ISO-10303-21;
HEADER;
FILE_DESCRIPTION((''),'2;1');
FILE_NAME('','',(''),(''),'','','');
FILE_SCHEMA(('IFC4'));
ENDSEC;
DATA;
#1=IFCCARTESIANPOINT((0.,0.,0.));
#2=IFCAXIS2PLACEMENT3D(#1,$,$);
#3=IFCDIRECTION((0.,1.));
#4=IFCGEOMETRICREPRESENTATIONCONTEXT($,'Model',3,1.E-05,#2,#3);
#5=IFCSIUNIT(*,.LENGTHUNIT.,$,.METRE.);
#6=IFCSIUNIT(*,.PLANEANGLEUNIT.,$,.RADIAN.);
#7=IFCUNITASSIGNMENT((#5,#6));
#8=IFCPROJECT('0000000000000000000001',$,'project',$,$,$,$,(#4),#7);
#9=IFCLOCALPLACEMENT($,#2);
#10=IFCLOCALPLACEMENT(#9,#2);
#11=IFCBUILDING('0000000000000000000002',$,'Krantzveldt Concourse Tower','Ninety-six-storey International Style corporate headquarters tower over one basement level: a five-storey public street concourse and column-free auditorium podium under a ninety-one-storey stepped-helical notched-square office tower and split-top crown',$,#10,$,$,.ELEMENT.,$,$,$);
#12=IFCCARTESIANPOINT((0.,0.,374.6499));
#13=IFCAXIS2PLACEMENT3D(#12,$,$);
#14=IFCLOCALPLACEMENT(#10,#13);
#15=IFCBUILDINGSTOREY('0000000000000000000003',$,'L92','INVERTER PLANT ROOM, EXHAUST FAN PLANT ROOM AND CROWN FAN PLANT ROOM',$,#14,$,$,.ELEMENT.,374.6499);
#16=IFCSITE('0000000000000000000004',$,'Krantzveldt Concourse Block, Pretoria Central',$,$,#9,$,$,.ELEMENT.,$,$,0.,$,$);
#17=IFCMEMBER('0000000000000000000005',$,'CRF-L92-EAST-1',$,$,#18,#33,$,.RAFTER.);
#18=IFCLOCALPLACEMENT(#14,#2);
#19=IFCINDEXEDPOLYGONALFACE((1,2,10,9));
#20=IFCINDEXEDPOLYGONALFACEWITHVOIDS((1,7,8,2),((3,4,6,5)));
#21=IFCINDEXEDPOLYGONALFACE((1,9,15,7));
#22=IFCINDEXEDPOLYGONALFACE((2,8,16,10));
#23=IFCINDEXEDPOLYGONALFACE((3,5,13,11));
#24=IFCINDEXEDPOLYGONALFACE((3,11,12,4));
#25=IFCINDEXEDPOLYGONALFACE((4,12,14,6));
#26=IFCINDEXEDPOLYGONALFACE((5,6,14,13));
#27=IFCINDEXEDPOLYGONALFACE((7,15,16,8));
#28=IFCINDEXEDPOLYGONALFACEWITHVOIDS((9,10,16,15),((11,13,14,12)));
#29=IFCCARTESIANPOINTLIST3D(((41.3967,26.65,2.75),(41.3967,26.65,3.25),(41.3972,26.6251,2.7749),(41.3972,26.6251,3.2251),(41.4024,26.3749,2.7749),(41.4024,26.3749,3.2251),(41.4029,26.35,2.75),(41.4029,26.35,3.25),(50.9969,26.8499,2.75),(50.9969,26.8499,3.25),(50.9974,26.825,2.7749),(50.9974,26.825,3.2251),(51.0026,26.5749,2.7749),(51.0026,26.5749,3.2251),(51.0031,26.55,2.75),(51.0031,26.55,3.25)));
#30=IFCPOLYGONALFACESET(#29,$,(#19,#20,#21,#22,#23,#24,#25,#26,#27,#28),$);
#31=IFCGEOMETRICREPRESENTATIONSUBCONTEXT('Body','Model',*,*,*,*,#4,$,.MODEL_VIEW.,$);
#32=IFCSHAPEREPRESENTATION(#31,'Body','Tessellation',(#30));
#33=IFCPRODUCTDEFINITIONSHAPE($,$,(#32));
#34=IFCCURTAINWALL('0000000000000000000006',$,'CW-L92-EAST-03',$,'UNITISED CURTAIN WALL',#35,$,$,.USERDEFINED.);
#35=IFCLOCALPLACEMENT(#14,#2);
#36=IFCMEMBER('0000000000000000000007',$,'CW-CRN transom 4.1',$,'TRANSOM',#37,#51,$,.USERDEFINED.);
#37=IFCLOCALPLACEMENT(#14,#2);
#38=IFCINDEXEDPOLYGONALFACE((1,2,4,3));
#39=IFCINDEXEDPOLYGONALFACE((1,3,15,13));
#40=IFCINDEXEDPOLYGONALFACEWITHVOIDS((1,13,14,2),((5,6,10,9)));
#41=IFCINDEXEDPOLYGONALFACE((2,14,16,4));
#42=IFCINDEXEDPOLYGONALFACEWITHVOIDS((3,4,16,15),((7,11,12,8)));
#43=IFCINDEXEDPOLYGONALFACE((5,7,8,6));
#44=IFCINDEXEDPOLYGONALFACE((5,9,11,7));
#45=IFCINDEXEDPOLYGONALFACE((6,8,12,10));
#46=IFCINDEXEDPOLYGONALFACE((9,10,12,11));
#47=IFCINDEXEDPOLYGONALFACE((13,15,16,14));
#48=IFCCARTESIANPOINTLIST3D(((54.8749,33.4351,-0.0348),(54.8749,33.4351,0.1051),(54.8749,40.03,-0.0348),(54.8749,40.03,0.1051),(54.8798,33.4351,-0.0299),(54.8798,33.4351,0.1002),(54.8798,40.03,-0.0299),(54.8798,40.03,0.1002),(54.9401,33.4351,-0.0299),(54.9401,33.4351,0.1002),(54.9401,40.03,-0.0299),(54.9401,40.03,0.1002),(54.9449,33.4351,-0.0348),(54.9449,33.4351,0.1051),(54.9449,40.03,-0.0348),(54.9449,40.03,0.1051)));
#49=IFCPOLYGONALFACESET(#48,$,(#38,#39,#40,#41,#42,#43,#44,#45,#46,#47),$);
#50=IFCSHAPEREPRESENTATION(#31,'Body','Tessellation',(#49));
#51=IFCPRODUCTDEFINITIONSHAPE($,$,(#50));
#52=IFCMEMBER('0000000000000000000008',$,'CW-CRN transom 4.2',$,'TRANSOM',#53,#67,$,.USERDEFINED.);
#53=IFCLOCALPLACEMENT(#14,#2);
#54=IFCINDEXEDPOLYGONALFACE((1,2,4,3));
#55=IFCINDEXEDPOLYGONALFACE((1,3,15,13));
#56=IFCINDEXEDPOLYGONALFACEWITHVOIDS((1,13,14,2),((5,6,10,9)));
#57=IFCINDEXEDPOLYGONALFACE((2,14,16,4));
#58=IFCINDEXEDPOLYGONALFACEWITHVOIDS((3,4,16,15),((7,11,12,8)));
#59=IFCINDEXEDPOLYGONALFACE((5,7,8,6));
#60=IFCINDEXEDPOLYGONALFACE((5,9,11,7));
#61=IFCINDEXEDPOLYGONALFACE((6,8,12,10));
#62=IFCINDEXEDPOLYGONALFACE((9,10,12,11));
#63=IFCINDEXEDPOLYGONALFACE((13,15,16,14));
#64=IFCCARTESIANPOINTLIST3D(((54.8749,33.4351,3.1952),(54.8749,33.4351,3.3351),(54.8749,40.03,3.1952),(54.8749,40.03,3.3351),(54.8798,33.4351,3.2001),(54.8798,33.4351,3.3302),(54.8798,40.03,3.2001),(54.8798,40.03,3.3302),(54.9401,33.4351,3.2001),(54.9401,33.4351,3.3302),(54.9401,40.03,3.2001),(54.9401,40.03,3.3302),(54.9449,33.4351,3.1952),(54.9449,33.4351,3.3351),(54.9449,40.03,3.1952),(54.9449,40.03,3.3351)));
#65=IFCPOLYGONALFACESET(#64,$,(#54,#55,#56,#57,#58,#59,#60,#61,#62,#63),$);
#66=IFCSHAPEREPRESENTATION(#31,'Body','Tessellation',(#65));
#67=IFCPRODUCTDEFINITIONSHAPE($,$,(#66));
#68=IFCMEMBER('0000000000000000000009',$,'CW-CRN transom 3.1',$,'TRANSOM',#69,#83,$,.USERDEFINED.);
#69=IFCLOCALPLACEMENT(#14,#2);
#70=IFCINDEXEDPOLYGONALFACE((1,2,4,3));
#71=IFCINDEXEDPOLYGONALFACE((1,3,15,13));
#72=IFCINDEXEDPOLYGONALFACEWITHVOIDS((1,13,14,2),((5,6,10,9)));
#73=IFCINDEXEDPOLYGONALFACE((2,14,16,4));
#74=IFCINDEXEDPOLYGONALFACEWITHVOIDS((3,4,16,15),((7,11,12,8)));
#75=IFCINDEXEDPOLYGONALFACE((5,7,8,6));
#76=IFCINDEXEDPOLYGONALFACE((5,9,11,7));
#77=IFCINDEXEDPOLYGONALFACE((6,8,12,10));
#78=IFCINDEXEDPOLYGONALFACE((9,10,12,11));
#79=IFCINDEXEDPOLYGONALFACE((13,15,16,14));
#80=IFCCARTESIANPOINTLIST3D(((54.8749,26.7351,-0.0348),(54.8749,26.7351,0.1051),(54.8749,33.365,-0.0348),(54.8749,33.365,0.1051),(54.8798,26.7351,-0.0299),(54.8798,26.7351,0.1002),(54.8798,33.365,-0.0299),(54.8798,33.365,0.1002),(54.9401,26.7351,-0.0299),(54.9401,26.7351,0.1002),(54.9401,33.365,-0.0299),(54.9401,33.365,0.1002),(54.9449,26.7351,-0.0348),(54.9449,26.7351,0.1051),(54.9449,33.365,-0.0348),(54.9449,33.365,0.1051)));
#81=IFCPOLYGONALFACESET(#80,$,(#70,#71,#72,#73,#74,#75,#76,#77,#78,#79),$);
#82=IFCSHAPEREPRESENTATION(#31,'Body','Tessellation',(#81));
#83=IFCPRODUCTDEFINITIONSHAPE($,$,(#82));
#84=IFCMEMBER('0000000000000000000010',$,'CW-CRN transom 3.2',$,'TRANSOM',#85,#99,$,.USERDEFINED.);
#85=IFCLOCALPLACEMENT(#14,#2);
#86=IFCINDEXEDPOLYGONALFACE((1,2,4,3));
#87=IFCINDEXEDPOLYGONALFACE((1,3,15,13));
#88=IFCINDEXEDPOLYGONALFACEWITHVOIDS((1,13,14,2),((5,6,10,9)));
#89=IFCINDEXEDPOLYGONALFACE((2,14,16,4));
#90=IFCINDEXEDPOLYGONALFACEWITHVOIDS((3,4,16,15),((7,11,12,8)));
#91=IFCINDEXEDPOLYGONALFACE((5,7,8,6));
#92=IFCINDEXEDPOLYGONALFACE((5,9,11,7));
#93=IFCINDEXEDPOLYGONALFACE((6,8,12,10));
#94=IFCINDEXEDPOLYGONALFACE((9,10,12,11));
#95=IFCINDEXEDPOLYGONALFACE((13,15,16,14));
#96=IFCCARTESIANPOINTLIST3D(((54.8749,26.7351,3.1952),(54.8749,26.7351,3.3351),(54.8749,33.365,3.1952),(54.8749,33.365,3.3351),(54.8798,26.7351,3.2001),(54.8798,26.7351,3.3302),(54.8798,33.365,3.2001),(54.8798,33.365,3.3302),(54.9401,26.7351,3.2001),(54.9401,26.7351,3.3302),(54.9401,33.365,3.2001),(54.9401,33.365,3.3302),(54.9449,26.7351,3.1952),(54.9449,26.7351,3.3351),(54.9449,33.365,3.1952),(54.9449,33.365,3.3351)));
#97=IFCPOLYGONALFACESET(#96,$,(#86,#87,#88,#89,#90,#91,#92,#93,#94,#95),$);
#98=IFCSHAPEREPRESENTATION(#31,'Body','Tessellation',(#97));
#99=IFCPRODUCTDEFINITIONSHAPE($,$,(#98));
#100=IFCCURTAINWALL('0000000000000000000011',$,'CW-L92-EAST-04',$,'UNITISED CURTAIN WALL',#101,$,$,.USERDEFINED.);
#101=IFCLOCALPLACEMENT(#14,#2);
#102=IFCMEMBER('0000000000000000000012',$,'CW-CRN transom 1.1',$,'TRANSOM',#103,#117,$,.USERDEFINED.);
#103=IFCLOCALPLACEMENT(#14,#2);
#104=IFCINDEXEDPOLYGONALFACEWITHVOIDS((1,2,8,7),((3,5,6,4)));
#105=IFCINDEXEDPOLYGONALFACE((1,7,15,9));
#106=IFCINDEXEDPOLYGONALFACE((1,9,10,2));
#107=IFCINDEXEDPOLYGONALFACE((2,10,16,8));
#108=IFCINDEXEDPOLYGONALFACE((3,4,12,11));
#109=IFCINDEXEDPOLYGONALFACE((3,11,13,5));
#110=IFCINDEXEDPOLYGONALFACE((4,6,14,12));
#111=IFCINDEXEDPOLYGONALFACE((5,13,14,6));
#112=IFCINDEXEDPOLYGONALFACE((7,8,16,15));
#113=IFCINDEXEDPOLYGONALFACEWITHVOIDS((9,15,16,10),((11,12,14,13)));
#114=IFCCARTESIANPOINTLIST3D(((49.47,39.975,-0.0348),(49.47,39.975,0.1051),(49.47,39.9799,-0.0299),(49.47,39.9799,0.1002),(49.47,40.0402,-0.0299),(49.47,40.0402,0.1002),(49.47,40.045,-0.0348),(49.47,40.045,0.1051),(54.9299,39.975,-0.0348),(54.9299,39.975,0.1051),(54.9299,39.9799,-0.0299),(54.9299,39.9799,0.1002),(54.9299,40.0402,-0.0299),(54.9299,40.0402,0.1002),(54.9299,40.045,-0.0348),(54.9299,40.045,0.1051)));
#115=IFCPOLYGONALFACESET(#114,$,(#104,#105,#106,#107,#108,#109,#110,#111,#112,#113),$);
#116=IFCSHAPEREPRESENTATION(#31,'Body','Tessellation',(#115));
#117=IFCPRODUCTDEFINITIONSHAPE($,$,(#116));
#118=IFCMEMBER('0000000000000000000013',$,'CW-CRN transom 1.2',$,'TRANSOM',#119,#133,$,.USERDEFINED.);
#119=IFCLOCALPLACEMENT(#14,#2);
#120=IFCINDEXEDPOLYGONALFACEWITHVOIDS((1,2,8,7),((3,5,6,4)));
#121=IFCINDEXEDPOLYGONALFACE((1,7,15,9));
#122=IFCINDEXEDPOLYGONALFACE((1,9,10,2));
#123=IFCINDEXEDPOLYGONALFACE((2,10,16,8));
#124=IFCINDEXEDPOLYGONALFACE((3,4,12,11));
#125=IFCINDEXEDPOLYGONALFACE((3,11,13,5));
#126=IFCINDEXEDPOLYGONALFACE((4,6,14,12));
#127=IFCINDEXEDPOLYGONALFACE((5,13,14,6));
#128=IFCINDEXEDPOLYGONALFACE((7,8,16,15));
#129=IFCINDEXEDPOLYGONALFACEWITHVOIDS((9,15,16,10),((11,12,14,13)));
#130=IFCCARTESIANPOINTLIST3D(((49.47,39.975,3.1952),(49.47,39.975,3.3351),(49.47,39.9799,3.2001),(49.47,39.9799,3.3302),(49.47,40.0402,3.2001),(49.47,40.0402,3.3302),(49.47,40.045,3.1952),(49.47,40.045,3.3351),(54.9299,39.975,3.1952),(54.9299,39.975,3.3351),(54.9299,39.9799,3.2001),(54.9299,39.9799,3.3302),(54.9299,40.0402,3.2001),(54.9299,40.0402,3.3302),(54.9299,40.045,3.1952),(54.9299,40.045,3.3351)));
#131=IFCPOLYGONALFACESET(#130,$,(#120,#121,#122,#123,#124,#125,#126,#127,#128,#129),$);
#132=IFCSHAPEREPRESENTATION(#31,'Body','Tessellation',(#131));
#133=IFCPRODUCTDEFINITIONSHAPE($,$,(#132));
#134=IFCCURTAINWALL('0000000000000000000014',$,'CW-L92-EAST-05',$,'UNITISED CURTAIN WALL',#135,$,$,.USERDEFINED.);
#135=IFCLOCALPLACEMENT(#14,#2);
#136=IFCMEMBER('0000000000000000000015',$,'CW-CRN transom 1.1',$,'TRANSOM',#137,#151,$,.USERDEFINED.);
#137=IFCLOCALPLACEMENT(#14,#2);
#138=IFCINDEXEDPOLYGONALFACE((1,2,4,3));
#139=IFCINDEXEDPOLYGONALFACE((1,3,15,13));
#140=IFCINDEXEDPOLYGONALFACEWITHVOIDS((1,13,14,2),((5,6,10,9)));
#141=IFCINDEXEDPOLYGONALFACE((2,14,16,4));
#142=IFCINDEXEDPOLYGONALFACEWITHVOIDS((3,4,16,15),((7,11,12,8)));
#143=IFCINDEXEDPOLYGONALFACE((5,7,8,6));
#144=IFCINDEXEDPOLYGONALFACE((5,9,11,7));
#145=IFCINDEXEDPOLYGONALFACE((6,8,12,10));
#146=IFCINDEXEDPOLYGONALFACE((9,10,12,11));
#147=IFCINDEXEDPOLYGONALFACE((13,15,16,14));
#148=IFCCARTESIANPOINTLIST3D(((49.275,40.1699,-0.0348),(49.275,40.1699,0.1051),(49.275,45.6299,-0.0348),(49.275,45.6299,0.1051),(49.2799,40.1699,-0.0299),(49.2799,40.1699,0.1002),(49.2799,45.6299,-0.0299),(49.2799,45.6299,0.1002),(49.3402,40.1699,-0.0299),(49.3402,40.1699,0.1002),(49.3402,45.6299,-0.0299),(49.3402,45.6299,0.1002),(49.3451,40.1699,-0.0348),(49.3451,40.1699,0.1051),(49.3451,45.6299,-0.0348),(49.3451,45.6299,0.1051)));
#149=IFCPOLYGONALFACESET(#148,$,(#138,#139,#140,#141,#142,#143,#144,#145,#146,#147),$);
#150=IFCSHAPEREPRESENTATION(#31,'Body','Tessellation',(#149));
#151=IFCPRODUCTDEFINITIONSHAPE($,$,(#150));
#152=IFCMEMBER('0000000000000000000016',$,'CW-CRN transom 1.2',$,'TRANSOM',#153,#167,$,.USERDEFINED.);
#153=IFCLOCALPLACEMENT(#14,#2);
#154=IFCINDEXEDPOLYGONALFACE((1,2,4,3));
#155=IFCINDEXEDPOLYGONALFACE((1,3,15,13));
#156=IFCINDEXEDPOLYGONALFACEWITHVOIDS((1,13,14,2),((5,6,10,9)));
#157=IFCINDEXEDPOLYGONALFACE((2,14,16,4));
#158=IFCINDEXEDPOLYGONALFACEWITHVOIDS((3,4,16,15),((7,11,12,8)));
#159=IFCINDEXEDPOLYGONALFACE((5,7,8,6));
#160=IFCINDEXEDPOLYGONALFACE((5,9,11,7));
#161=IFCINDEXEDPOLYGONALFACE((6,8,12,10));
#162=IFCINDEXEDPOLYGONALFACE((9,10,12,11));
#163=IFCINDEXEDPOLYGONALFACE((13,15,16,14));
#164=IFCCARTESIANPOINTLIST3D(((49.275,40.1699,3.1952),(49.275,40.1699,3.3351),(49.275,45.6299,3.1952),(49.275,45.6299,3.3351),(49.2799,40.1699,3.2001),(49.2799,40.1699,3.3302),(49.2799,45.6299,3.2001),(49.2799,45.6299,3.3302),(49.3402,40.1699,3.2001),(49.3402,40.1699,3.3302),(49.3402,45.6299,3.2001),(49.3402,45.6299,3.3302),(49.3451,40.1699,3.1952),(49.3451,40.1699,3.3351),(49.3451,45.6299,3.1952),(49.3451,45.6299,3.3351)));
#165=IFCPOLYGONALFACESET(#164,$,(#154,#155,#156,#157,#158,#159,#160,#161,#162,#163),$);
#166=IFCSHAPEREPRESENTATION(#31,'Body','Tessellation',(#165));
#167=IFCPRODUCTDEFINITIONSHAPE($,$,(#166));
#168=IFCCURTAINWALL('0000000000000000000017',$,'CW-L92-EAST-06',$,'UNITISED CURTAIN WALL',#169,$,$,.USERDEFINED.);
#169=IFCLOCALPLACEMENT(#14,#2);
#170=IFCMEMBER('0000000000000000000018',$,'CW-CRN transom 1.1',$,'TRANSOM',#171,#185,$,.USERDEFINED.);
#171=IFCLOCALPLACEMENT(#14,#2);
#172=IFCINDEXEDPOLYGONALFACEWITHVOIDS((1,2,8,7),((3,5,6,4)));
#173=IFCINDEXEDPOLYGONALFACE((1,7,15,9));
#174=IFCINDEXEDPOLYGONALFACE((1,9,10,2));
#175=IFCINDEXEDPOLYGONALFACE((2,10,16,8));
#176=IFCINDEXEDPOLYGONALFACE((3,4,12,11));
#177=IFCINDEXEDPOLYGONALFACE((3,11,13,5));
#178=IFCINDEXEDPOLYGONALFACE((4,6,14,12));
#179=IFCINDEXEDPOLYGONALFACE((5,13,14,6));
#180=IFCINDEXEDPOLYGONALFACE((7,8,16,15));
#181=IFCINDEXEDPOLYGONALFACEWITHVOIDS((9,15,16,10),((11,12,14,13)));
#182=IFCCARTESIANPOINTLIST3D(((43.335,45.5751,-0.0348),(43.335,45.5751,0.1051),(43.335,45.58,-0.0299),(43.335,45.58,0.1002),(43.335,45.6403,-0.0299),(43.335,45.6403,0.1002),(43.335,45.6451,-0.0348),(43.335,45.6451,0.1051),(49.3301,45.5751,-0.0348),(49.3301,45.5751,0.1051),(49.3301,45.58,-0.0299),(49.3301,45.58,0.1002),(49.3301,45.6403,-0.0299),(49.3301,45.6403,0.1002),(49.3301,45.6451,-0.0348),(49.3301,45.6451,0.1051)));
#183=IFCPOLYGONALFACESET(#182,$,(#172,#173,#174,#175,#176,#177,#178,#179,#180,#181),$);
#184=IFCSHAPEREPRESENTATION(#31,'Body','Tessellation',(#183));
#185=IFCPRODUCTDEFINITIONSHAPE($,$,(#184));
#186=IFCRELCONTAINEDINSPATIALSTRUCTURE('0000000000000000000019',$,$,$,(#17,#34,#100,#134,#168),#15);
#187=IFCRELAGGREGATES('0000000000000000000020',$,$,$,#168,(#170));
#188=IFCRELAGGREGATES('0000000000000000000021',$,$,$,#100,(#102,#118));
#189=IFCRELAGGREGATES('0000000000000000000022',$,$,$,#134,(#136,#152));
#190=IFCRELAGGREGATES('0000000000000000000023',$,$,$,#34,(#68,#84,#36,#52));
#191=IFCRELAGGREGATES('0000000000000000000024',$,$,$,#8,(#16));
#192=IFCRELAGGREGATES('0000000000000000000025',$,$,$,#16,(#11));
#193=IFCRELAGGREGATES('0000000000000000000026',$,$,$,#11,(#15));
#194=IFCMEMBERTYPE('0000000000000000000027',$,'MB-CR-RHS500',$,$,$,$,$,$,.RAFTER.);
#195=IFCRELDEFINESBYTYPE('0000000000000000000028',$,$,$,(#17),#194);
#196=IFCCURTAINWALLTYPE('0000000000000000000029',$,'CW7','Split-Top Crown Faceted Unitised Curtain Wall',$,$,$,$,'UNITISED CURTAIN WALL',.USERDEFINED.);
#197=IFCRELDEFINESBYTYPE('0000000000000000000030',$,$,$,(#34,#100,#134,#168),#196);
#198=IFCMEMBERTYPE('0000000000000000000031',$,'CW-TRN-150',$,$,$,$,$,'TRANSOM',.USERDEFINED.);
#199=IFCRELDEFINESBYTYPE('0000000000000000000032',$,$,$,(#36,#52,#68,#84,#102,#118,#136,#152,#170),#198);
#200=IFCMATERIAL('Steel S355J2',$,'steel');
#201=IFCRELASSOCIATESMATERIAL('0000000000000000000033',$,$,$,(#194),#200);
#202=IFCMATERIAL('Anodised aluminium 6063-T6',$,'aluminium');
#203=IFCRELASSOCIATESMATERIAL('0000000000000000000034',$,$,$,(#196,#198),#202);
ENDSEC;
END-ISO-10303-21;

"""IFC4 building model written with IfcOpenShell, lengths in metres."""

from ifc_helpers import new_model, si_unit, direction, frame, origin, origin_2d, place, context, subcontext, project, spatial, hollow_rectangle, extrude, source, transform, mapped, material, material_profile, profile_set, type_object, type_shapes, element, aggregate, save


model = new_model("IFC4")

# Units and contexts
model_context = context("Model", 3, precision=1e-05, world=origin(), true_north=direction((0.0, 1.0)))
body_context = subcontext(model_context, "Body", "Model", "MODEL_VIEW")
ifc_project = project(units=[si_unit("LENGTHUNIT", "METRE"), si_unit("PLANEANGLEUNIT", "RADIAN")], contexts=[model_context])

# Site, building, storey
site_placement = place(None, origin())
site = spatial("IfcSite", under=ifc_project, at=site_placement, Name="Krantzveldt Concourse Block, Pretoria Central", CompositionType="ELEMENT", RefElevation=0.0)
building_placement = place(site_placement, origin())
building = spatial("IfcBuilding", under=site, at=building_placement, Name="Krantzveldt Concourse Tower", Description="Ninety-six-storey International Style corporate headquarters tower over one basement level: a five-storey public street concourse and column-free auditorium podium under a ninety-one-storey stepped-helical notched-square office tower and split-top crown", CompositionType="ELEMENT")
storey_placement = place(building_placement, frame((0.0, 0.0, 374.6499)))
storey = spatial("IfcBuildingStorey", under=building, at=storey_placement, Name="L92", Description="INVERTER PLANT ROOM, EXHAUST FAN PLANT ROOM AND CROWN FAN PLANT ROOM", CompositionType="ELEMENT", Elevation=374.6499)

# Shared definitions
ifc_material_1 = material(Name="Steel S355J2", Category="steel")

# Member
ifc_material_profile_1 = material_profile(ifc_material_1, hollow_rectangle(XDim=0.3, YDim=0.5, WallThickness=0.0249, at=origin_2d()), Name="Steel S355J2", Category="steel")
ifc_profile_set_1 = profile_set([ifc_material_profile_1], Name="Steel S355J2 - RHS 500x300x25")
member_type_1 = type_object("IfcMemberType", Name="MB-CR-RHS500", PredefinedType="RAFTER", material=ifc_profile_set_1)
shared_shape_1 = source(origin(), body_context, "Body", "SweptSolid", [
    extrude(hollow_rectangle(XDim=0.3, YDim=0.5, WallThickness=0.0249, at=origin_2d()), origin(), (0.0, 0.0, 1.0), 9.6023),
])
type_shapes(member_type_1, [shared_shape_1])
member_1_placement = place(storey_placement, frame((51.0, 26.7, 3.0), z_axis=(-0.999783, -0.020824, 0.0), x_axis=(0.020824, -0.999783, 0.0)))
element("IfcMember", 1, at=member_1_placement, inside=storey, type_object=member_type_1, Name="CRF-L92-EAST-1", PredefinedType="RAFTER", context=body_context, shape_type="MappedRepresentation", body=[
    mapped(shared_shape_1, transform((0.0, 0.0, 0.0), x_axis=(1.0, 0.0, 0.0), y_axis=(0.0, 1.0, 0.0), z_axis=(0.0, 0.0, 1.0), scale=1.0)),
])

# Curtain walls, members
ifc_material_2 = material(Name="Anodised aluminium 6063-T6", Category="aluminium")
curtain_wall_type = type_object("IfcCurtainWallType", Name="CW7", Description="Split-Top Crown Faceted Unitised Curtain Wall", ElementType="UNITISED CURTAIN WALL", PredefinedType="USERDEFINED", material=ifc_material_2)
curtain_wall_1_placement = place(storey_placement, origin())
curtain_wall_1 = element("IfcCurtainWall", 2, at=curtain_wall_1_placement, inside=storey, type_object=curtain_wall_type, Name="CW-L92-EAST-03", ObjectType="UNITISED CURTAIN WALL", PredefinedType="USERDEFINED")
ifc_material_profile_2 = material_profile(ifc_material_2, hollow_rectangle(XDim=0.0701, YDim=0.1399, WallThickness=0.0049, at=origin_2d()), Name="Anodised aluminium 6063-T6", Category="aluminium")
ifc_profile_set_2 = profile_set([ifc_material_profile_2], Name="Anodised aluminium 6063-T6 - ALU-TRAN 140x70x5")
member_type_2 = type_object("IfcMemberType", Name="CW-TRN-150", ElementType="TRANSOM", PredefinedType="USERDEFINED", material=ifc_profile_set_2)
shared_shape_2 = source(origin(), body_context, "Body", "SweptSolid", [
    extrude(hollow_rectangle(XDim=0.0701, YDim=0.1399, WallThickness=0.0049, at=origin_2d()), origin(), (0.0, 0.0, 1.0), 6.595),
])
member_2_placement = place(storey_placement, frame((54.9099, 33.4351, 0.0352), z_axis=(0.0, 1.0, 0.0), x_axis=(-1.0, 0.0, 0.0)))
member_2 = element("IfcMember", 3, at=member_2_placement, type_object=member_type_2, Name="CW-CRN transom 4.1", ObjectType="TRANSOM", PredefinedType="USERDEFINED", context=body_context, shape_type="MappedRepresentation", body=[
    mapped(shared_shape_2, transform((0.0, 0.0, 0.0), x_axis=(1.0, 0.0, 0.0), y_axis=(0.0, 1.0, 0.0), z_axis=(0.0, 0.0, 1.0), scale=1.0)),
])
member_3_placement = place(storey_placement, frame((54.9099, 33.4351, 3.2651), z_axis=(0.0, 1.0, 0.0), x_axis=(-1.0, 0.0, 0.0)))
member_3 = element("IfcMember", 4, at=member_3_placement, type_object=member_type_2, Name="CW-CRN transom 4.2", ObjectType="TRANSOM", PredefinedType="USERDEFINED", context=body_context, shape_type="MappedRepresentation", body=[
    mapped(shared_shape_2, transform((0.0, 0.0, 0.0), x_axis=(1.0, 0.0, 0.0), y_axis=(0.0, 1.0, 0.0), z_axis=(0.0, 0.0, 1.0), scale=1.0)),
])
shared_shape_3 = source(origin(), body_context, "Body", "SweptSolid", [
    extrude(hollow_rectangle(XDim=0.0701, YDim=0.1399, WallThickness=0.0049, at=origin_2d()), origin(), (0.0, 0.0, 1.0), 6.6299),
])
member_4_placement = place(storey_placement, frame((54.9099, 26.7351, 0.0352), z_axis=(0.0, 1.0, 0.0), x_axis=(-1.0, 0.0, 0.0)))
member_4 = element("IfcMember", 5, at=member_4_placement, type_object=member_type_2, Name="CW-CRN transom 3.1", ObjectType="TRANSOM", PredefinedType="USERDEFINED", context=body_context, shape_type="MappedRepresentation", body=[
    mapped(shared_shape_3, transform((0.0, 0.0, 0.0), x_axis=(1.0, 0.0, 0.0), y_axis=(0.0, 1.0, 0.0), z_axis=(0.0, 0.0, 1.0), scale=1.0)),
])
member_5_placement = place(storey_placement, frame((54.9099, 26.7351, 3.2651), z_axis=(0.0, 1.0, 0.0), x_axis=(-1.0, 0.0, 0.0)))
member_5 = element("IfcMember", 6, at=member_5_placement, type_object=member_type_2, Name="CW-CRN transom 3.2", ObjectType="TRANSOM", PredefinedType="USERDEFINED", context=body_context, shape_type="MappedRepresentation", body=[
    mapped(shared_shape_3, transform((0.0, 0.0, 0.0), x_axis=(1.0, 0.0, 0.0), y_axis=(0.0, 1.0, 0.0), z_axis=(0.0, 0.0, 1.0), scale=1.0)),
])
curtain_wall_2_placement = place(storey_placement, origin())
curtain_wall_2 = element("IfcCurtainWall", 7, at=curtain_wall_2_placement, inside=storey, type_object=curtain_wall_type, Name="CW-L92-EAST-04", ObjectType="UNITISED CURTAIN WALL", PredefinedType="USERDEFINED")
shared_shape_4 = source(origin(), body_context, "Body", "SweptSolid", [
    extrude(hollow_rectangle(XDim=0.0701, YDim=0.1399, WallThickness=0.0049, at=origin_2d()), origin(), (0.0, 0.0, 1.0), 5.46),
])
member_6_placement = place(storey_placement, frame((54.9299, 40.01, 0.0352), z_axis=(-1.0, 0.0, 0.0), x_axis=(0.0, -1.0, 0.0)))
member_6 = element("IfcMember", 8, at=member_6_placement, type_object=member_type_2, Name="CW-CRN transom 1.1", ObjectType="TRANSOM", PredefinedType="USERDEFINED", context=body_context, shape_type="MappedRepresentation", body=[
    mapped(shared_shape_4, transform((0.0, 0.0, 0.0), x_axis=(1.0, 0.0, 0.0), y_axis=(0.0, 1.0, 0.0), z_axis=(0.0, 0.0, 1.0), scale=1.0)),
])
member_7_placement = place(storey_placement, frame((54.9299, 40.01, 3.2651), z_axis=(-1.0, 0.0, 0.0), x_axis=(0.0, -1.0, 0.0)))
member_7 = element("IfcMember", 9, at=member_7_placement, type_object=member_type_2, Name="CW-CRN transom 1.2", ObjectType="TRANSOM", PredefinedType="USERDEFINED", context=body_context, shape_type="MappedRepresentation", body=[
    mapped(shared_shape_4, transform((0.0, 0.0, 0.0), x_axis=(1.0, 0.0, 0.0), y_axis=(0.0, 1.0, 0.0), z_axis=(0.0, 0.0, 1.0), scale=1.0)),
])
curtain_wall_3_placement = place(storey_placement, origin())
curtain_wall_3 = element("IfcCurtainWall", 10, at=curtain_wall_3_placement, inside=storey, type_object=curtain_wall_type, Name="CW-L92-EAST-05", ObjectType="UNITISED CURTAIN WALL", PredefinedType="USERDEFINED")
member_8_placement = place(storey_placement, frame((49.3101, 40.1699, 0.0352), z_axis=(0.0, 1.0, 0.0), x_axis=(-1.0, 0.0, 0.0)))
member_8 = element("IfcMember", 11, at=member_8_placement, type_object=member_type_2, Name="CW-CRN transom 1.1", ObjectType="TRANSOM", PredefinedType="USERDEFINED", context=body_context, shape_type="MappedRepresentation", body=[
    mapped(shared_shape_4, transform((0.0, 0.0, 0.0), x_axis=(1.0, 0.0, 0.0), y_axis=(0.0, 1.0, 0.0), z_axis=(0.0, 0.0, 1.0), scale=1.0)),
])
member_9_placement = place(storey_placement, frame((49.3101, 40.1699, 3.2651), z_axis=(0.0, 1.0, 0.0), x_axis=(-1.0, 0.0, 0.0)))
member_9 = element("IfcMember", 12, at=member_9_placement, type_object=member_type_2, Name="CW-CRN transom 1.2", ObjectType="TRANSOM", PredefinedType="USERDEFINED", context=body_context, shape_type="MappedRepresentation", body=[
    mapped(shared_shape_4, transform((0.0, 0.0, 0.0), x_axis=(1.0, 0.0, 0.0), y_axis=(0.0, 1.0, 0.0), z_axis=(0.0, 0.0, 1.0), scale=1.0)),
])
curtain_wall_4_placement = place(storey_placement, origin())
curtain_wall_4 = element("IfcCurtainWall", 13, at=curtain_wall_4_placement, inside=storey, type_object=curtain_wall_type, Name="CW-L92-EAST-06", ObjectType="UNITISED CURTAIN WALL", PredefinedType="USERDEFINED")
shared_shape_5 = source(origin(), body_context, "Body", "SweptSolid", [
    extrude(hollow_rectangle(XDim=0.0701, YDim=0.1399, WallThickness=0.0049, at=origin_2d()), origin(), (0.0, 0.0, 1.0), 5.9951),
])
type_shapes(member_type_2, [shared_shape_2, shared_shape_3, shared_shape_4, shared_shape_5])
member_10_placement = place(storey_placement, frame((49.3301, 45.6101, 0.0352), z_axis=(-1.0, 0.0, 0.0), x_axis=(0.0, -1.0, 0.0)))
member_10 = element("IfcMember", 14, at=member_10_placement, type_object=member_type_2, Name="CW-CRN transom 1.1", ObjectType="TRANSOM", PredefinedType="USERDEFINED", context=body_context, shape_type="MappedRepresentation", body=[
    mapped(shared_shape_5, transform((0.0, 0.0, 0.0), x_axis=(1.0, 0.0, 0.0), y_axis=(0.0, 1.0, 0.0), z_axis=(0.0, 0.0, 1.0), scale=1.0)),
])

aggregate(curtain_wall_4, [member_10])

aggregate(curtain_wall_2, [member_6, member_7])
aggregate(curtain_wall_3, [member_8, member_9])
aggregate(curtain_wall_1, [member_4, member_5, member_2, member_3])

save(model, "model.ifc")
